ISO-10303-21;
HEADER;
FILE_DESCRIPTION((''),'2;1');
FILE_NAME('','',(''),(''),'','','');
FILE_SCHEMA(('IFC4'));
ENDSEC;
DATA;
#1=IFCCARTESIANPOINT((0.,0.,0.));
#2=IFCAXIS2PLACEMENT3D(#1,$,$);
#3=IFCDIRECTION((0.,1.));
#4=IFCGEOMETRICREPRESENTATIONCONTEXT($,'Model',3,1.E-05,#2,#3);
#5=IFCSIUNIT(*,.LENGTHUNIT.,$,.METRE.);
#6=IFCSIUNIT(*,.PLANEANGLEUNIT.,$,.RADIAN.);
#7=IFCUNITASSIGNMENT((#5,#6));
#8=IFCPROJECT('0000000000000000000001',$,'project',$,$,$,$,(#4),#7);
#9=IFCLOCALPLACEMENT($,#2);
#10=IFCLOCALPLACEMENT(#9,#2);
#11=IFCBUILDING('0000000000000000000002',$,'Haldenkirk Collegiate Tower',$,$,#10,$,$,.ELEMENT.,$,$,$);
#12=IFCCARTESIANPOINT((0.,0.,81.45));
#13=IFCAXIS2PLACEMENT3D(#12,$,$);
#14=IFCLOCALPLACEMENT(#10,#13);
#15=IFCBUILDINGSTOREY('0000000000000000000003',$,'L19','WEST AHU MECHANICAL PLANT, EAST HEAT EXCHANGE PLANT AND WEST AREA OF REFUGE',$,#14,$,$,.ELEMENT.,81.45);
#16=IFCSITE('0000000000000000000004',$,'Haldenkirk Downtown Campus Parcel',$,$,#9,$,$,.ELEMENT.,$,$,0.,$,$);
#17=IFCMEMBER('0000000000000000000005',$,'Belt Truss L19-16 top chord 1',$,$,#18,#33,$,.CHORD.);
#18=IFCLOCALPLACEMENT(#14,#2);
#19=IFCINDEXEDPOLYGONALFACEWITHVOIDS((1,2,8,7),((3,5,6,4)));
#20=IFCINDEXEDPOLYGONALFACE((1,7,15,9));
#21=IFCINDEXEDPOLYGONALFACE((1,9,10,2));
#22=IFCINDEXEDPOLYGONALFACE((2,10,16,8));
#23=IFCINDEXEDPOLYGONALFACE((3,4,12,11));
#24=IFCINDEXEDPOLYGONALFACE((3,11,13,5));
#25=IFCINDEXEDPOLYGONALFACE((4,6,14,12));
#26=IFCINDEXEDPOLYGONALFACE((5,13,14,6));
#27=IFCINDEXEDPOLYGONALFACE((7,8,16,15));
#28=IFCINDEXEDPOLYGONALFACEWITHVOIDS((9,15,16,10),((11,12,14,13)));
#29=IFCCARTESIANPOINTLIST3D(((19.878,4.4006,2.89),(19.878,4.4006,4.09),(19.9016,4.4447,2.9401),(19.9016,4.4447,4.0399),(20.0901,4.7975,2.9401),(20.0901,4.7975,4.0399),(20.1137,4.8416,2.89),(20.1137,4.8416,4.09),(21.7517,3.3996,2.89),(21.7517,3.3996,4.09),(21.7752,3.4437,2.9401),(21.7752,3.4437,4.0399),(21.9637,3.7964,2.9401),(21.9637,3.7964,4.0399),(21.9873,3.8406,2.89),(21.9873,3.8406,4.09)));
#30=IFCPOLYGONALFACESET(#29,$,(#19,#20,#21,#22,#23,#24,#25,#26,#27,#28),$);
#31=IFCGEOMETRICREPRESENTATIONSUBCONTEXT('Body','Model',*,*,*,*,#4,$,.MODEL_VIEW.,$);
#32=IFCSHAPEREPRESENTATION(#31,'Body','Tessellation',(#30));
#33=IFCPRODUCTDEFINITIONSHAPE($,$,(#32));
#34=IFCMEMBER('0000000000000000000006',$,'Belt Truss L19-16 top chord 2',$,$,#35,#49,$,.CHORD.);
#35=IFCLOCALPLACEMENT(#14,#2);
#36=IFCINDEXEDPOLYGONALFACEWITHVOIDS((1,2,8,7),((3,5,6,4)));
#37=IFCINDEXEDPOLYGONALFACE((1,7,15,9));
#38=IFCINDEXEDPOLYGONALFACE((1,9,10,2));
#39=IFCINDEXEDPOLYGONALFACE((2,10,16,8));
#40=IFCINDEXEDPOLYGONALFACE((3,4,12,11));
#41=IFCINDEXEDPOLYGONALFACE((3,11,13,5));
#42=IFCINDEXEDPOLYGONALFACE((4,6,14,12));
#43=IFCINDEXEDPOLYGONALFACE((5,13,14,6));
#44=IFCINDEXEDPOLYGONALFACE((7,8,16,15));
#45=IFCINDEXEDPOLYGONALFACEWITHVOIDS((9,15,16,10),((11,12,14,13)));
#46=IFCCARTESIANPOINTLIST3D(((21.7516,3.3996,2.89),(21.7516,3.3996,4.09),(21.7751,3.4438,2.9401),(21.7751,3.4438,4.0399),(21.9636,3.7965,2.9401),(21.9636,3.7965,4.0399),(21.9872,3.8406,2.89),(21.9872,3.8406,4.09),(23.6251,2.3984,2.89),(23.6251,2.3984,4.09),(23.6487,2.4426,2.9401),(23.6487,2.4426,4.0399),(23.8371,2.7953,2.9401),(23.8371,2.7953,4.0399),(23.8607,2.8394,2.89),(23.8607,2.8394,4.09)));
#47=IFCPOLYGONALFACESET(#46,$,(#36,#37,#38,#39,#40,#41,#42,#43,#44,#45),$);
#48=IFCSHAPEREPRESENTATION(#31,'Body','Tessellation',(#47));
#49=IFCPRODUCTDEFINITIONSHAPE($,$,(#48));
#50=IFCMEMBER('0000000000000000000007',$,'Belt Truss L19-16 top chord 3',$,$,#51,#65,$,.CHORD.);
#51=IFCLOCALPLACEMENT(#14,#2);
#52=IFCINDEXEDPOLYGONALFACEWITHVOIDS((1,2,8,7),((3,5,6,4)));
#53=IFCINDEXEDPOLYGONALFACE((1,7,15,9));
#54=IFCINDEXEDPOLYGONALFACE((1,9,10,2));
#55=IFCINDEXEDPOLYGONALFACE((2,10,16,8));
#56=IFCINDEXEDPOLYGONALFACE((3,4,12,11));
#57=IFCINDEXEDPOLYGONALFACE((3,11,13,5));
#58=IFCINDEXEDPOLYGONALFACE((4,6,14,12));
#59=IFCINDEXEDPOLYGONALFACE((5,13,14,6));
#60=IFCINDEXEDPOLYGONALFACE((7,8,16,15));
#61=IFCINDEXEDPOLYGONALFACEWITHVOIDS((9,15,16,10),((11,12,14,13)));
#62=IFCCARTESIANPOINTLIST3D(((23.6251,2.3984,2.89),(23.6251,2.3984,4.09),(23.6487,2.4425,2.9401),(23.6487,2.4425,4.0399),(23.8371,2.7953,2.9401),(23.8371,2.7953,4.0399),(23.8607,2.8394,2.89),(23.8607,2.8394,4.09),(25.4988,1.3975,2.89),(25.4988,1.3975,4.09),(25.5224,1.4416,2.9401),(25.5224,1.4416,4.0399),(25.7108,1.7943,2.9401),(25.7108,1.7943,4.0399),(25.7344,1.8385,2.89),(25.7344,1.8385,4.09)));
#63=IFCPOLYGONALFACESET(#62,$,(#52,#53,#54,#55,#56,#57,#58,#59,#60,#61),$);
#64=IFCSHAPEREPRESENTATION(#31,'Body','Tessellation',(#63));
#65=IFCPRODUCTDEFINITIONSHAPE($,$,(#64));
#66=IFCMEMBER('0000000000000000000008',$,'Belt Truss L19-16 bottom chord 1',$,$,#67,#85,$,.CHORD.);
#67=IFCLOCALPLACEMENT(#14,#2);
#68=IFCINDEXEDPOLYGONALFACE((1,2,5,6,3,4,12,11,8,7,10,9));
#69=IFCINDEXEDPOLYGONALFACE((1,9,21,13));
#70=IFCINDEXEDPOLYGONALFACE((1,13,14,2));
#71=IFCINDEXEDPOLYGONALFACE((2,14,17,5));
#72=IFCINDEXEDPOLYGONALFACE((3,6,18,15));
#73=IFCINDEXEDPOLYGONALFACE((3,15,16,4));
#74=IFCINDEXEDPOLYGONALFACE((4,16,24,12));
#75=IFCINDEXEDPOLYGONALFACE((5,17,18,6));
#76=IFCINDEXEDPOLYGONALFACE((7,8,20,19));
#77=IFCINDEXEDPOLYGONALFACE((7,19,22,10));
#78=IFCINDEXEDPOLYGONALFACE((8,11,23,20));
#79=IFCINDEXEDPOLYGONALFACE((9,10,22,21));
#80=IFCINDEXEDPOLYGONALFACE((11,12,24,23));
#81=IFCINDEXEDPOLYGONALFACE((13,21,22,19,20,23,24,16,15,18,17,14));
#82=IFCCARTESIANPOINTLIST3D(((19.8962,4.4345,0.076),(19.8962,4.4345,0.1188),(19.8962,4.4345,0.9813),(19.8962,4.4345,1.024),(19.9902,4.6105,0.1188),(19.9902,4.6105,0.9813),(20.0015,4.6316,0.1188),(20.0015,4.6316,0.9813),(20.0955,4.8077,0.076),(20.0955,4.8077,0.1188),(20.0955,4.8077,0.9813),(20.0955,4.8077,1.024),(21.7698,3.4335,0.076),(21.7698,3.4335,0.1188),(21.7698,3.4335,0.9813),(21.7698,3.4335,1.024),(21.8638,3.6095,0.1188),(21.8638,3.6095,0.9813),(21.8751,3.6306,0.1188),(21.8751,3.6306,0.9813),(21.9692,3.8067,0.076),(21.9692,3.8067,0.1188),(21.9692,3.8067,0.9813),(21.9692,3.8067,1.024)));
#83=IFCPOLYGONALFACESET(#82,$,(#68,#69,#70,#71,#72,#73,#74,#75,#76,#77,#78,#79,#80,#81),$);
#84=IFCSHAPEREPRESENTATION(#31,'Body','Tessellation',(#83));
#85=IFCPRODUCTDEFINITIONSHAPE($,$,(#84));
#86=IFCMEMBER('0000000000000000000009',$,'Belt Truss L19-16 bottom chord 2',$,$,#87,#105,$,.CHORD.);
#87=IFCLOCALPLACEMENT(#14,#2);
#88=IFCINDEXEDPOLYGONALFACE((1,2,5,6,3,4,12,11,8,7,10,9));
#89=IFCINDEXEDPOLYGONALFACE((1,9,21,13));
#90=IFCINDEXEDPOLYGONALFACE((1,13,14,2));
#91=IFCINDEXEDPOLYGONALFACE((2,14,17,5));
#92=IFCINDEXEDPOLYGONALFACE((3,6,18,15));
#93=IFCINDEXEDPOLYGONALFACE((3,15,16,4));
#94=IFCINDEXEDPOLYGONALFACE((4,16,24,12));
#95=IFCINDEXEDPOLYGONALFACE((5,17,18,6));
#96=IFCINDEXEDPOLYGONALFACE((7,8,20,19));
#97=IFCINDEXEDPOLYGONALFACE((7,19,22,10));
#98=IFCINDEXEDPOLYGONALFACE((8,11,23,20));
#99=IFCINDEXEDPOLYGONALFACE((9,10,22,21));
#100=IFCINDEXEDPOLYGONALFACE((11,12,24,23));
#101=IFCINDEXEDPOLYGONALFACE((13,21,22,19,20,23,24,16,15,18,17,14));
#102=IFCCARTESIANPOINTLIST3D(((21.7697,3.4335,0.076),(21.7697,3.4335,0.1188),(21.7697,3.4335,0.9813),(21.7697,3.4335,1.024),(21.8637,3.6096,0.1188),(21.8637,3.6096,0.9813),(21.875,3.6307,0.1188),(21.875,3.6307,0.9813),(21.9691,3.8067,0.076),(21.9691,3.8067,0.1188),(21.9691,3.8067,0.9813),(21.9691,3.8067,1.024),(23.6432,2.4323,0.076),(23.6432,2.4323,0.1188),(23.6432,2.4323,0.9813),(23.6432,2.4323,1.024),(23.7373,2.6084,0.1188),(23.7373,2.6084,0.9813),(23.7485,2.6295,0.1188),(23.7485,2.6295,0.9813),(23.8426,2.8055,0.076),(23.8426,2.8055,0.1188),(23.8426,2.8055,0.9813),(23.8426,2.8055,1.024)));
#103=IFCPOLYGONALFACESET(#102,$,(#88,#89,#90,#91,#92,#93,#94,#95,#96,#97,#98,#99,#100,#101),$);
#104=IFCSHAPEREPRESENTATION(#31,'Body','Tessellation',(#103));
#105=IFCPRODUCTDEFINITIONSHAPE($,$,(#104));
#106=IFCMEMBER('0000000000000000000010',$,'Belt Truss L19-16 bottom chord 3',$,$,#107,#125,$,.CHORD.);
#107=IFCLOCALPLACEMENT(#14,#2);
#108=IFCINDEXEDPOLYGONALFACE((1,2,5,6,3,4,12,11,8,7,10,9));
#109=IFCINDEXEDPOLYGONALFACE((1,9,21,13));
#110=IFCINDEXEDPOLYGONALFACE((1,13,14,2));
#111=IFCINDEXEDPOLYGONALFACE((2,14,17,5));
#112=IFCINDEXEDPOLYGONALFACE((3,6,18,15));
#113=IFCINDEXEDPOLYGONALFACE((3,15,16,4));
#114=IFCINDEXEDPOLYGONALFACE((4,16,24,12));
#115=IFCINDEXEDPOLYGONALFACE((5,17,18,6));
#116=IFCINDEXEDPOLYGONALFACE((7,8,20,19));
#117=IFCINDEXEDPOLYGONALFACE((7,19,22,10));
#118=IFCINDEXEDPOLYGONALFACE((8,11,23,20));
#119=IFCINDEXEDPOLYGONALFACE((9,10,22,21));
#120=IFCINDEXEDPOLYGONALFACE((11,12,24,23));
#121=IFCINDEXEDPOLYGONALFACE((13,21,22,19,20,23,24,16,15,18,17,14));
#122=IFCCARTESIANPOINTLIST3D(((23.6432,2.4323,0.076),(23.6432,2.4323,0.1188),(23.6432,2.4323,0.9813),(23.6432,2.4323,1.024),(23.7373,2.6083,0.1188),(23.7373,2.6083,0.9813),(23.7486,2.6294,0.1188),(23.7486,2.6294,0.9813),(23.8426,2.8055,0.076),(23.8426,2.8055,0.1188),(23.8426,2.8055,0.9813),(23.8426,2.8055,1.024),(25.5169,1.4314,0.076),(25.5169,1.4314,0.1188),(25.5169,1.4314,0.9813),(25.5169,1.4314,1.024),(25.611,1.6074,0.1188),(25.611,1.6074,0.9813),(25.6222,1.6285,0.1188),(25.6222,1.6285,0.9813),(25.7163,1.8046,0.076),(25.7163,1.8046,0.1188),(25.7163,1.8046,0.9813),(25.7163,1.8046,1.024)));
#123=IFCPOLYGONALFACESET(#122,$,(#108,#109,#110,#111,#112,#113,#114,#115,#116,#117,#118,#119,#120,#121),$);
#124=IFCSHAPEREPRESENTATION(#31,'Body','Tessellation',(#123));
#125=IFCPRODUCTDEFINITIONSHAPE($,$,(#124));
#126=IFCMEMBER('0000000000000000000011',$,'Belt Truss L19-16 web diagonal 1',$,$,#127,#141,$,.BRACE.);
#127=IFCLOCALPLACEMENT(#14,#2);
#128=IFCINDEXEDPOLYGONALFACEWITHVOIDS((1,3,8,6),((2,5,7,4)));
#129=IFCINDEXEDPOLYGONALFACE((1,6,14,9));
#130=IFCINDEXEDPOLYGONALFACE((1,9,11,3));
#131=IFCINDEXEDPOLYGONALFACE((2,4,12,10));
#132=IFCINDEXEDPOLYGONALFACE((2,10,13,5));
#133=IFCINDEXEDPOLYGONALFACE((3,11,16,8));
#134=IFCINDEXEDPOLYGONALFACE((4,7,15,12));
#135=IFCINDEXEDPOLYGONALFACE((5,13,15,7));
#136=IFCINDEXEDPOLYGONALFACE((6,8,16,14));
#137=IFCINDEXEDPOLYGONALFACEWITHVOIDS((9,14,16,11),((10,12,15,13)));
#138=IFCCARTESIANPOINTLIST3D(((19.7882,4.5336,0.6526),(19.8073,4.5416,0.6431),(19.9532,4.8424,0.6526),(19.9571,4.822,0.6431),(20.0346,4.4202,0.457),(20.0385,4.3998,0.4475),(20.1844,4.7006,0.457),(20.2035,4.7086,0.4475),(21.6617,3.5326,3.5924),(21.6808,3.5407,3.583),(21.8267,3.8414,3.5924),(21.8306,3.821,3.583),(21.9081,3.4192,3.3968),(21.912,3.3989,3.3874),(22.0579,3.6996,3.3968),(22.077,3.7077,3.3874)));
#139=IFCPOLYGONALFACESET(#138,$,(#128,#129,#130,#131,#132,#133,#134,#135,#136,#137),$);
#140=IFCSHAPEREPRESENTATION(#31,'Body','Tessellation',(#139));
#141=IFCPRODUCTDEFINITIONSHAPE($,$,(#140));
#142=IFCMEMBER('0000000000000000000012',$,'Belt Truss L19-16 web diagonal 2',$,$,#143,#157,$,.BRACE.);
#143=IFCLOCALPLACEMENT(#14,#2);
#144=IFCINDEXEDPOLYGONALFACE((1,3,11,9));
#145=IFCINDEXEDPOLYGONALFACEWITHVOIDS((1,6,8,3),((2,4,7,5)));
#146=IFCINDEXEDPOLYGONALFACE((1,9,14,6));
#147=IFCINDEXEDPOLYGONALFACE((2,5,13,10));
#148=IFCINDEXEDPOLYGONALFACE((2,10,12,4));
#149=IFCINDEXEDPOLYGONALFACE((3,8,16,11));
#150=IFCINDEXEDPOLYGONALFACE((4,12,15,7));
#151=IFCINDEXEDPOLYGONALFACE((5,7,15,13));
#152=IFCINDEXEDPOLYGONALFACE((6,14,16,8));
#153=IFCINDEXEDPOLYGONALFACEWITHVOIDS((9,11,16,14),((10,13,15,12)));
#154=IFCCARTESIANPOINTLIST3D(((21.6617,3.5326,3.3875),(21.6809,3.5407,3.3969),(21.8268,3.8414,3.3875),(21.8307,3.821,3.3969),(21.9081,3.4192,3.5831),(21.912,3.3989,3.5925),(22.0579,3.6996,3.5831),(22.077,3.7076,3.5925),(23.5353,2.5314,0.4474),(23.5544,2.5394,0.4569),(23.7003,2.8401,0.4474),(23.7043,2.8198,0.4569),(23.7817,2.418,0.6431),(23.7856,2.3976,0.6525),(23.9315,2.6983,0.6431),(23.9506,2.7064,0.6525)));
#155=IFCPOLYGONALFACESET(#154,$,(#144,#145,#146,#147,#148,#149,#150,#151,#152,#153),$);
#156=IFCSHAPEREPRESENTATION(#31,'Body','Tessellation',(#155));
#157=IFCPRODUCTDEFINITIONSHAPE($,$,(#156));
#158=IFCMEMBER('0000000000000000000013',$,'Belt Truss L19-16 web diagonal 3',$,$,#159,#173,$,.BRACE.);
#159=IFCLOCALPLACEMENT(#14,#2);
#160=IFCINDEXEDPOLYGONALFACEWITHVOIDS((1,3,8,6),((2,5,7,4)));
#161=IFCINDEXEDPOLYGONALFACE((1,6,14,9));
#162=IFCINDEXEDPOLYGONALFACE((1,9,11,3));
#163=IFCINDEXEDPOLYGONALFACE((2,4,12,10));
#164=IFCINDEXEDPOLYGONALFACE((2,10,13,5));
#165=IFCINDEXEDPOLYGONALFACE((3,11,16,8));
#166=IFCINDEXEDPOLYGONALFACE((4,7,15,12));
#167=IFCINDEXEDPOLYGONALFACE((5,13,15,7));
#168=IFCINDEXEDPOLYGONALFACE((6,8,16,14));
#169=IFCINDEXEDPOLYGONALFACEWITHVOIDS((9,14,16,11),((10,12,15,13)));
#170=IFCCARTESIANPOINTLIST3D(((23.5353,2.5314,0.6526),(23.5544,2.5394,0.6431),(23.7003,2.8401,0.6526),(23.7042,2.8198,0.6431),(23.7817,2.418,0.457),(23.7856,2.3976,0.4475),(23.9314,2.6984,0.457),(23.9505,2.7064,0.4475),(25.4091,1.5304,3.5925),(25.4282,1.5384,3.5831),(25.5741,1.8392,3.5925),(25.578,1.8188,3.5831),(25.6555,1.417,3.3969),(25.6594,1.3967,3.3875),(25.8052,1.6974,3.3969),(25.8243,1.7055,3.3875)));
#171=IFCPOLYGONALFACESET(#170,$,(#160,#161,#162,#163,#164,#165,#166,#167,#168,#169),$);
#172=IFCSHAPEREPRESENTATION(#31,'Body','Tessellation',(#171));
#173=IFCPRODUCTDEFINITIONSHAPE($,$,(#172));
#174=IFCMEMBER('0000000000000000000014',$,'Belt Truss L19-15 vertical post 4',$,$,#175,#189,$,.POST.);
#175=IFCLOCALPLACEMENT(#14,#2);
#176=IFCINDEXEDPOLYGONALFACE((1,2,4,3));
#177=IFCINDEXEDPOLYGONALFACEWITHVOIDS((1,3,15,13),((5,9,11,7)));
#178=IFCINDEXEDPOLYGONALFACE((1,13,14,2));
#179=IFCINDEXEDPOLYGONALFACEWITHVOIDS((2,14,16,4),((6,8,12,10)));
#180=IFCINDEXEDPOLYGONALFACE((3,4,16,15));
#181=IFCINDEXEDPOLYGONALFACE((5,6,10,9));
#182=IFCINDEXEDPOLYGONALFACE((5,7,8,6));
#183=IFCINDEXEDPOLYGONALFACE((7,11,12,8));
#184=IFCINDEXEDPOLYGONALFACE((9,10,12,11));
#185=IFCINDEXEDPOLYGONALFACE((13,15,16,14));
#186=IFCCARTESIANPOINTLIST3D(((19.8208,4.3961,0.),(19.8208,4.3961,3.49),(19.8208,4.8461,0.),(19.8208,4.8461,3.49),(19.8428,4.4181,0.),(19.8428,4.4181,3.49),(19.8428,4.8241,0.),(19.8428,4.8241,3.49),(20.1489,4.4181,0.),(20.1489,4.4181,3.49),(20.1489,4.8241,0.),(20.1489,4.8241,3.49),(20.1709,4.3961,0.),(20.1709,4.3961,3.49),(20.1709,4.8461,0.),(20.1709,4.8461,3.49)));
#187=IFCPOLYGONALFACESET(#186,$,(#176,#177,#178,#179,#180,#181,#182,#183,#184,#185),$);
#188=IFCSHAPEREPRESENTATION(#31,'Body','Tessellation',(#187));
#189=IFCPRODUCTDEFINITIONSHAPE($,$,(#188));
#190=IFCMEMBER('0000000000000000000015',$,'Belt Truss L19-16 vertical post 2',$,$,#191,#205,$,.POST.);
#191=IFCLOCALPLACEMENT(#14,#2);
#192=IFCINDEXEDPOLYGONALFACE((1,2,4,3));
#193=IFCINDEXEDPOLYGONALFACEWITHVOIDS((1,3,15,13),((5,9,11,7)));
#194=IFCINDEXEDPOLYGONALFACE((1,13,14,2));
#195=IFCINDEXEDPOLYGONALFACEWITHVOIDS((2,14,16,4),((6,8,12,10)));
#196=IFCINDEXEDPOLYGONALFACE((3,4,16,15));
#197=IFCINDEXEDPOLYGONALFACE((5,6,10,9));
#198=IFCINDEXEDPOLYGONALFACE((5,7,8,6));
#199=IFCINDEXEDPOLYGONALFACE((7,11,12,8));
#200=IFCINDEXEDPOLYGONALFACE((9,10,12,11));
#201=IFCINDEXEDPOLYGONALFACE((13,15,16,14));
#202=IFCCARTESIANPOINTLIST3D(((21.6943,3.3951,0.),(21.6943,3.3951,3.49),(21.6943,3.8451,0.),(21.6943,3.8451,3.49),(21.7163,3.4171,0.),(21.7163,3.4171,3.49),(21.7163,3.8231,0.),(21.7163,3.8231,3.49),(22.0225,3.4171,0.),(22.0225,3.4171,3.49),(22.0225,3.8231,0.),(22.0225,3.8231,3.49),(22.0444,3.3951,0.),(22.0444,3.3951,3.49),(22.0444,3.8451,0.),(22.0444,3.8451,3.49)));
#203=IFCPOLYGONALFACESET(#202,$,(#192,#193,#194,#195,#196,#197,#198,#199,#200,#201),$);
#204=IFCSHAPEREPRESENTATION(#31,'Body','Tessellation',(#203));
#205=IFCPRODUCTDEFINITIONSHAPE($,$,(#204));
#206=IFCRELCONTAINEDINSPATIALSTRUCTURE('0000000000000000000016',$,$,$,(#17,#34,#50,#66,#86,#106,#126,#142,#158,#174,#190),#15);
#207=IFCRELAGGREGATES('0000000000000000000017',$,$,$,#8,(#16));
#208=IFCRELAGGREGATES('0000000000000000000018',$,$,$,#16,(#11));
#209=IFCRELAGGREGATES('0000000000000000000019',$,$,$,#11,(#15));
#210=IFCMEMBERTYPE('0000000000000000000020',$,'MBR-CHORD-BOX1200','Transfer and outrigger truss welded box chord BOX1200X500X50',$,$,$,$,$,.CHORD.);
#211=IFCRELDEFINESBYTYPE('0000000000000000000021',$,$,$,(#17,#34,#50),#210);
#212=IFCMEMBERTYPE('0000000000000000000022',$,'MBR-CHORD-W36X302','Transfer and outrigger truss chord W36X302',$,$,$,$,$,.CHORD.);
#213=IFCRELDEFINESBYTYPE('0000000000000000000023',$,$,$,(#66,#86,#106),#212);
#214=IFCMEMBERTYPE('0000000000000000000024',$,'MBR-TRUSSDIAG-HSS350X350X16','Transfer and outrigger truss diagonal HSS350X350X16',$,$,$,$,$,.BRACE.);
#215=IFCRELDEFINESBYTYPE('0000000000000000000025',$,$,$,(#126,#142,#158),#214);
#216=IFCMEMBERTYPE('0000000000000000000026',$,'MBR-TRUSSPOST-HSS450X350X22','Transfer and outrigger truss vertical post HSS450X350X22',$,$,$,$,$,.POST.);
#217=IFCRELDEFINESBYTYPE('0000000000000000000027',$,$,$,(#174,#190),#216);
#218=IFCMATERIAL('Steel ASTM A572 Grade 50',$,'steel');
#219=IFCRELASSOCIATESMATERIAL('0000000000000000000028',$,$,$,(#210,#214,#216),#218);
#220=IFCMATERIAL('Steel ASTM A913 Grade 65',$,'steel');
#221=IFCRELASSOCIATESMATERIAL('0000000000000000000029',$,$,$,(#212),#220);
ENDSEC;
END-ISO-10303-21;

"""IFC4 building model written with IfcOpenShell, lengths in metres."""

from ifc_helpers import new_model, si_unit, direction, frame, origin, origin_2d, place, context, subcontext, project, spatial, hollow_rectangle, i_section, extrude, material, material_profile, profile_set, type_object, element, save


model = new_model("IFC4")

# Units and contexts
model_context = context("Model", 3, precision=1e-05, world=origin(), true_north=direction((0.0, 1.0)))
body_context = subcontext(model_context, "Body", "Model", "MODEL_VIEW")
ifc_project = project(units=[si_unit("LENGTHUNIT", "METRE"), si_unit("PLANEANGLEUNIT", "RADIAN")], contexts=[model_context])

# Site, building, storey
site_placement = place(None, origin())
site = spatial("IfcSite", under=ifc_project, at=site_placement, Name="Haldenkirk Downtown Campus Parcel", CompositionType="ELEMENT", RefElevation=0.0)
building_placement = place(site_placement, origin())
building = spatial("IfcBuilding", under=site, at=building_placement, Name="Haldenkirk Collegiate Tower", CompositionType="ELEMENT")
storey_placement = place(building_placement, frame((0.0, 0.0, 81.45)))
storey = spatial("IfcBuildingStorey", under=building, at=storey_placement, Name="L19", Description="WEST AHU MECHANICAL PLANT, EAST HEAT EXCHANGE PLANT AND WEST AREA OF REFUGE", CompositionType="ELEMENT", Elevation=81.45)

# Members
ifc_material_1 = material(Name="Steel ASTM A572 Grade 50", Category="steel")
ifc_material_profile_1 = material_profile(ifc_material_1, hollow_rectangle(XDim=0.5, YDim=1.2, WallThickness=0.05, at=origin_2d()), Name="BOX1200X500X50")
ifc_profile_set_1 = profile_set([ifc_material_profile_1], Name="Steel ASTM A572 Grade 50")
member_type_1 = type_object("IfcMemberType", Name="MBR-CHORD-BOX1200", Description="Transfer and outrigger truss welded box chord BOX1200X500X50", PredefinedType="CHORD", material=ifc_profile_set_1)
for number, where, z_axis, x_axis, name in (
    (1, (19.9958, 4.6211, 3.49), (0.882009, -0.471232, 0.0), (0.471232, 0.882009, 0.0), "Belt Truss L19-16 top chord 1"),
    (2, (21.8694, 3.6201, 3.49), (0.881961, -0.471322, 0.0), (0.471322, 0.881961, 0.0), "Belt Truss L19-16 top chord 2"),
    (3, (23.7429, 2.6189, 3.49), (0.882035, -0.471185, 0.0), (0.471185, 0.882035, 0.0), "Belt Truss L19-16 top chord 3"),
):
    element("IfcMember", number, at=place(storey_placement, frame(where, z_axis=z_axis, x_axis=x_axis)), inside=storey, type_object=member_type_1, Name=name, PredefinedType="CHORD", context=body_context, shape_type="SweptSolid", body=[
        extrude(hollow_rectangle(XDim=0.5, YDim=1.2, WallThickness=0.05, at=origin_2d()), origin(), (0.0, 0.0, 1.0), 2.1243),
    ])
ifc_material_2 = material(Name="Steel ASTM A913 Grade 65", Category="steel")
ifc_material_profile_2 = material_profile(ifc_material_2, i_section(OverallWidth=0.4231, OverallDepth=0.948, WebThickness=0.0239, FlangeThickness=0.0427, at=origin_2d()), Name="W36X302")
ifc_profile_set_2 = profile_set([ifc_material_profile_2], Name="Steel ASTM A913 Grade 65")
member_type_2 = type_object("IfcMemberType", Name="MBR-CHORD-W36X302", Description="Transfer and outrigger truss chord W36X302", PredefinedType="CHORD", material=ifc_profile_set_2)
for number, where, z_axis, x_axis, name in (
    (4, (19.9958, 4.6211, 0.55), (0.882009, -0.471232, 0.0), (0.471232, 0.882009, 0.0), "Belt Truss L19-16 bottom chord 1"),
    (5, (21.8694, 3.6201, 0.55), (0.881961, -0.471322, 0.0), (0.471322, 0.881961, 0.0), "Belt Truss L19-16 bottom chord 2"),
    (6, (23.7429, 2.6189, 0.55), (0.882035, -0.471185, 0.0), (0.471185, 0.882035, 0.0), "Belt Truss L19-16 bottom chord 3"),
):
    element("IfcMember", number, at=place(storey_placement, frame(where, z_axis=z_axis, x_axis=x_axis)), inside=storey, type_object=member_type_2, Name=name, PredefinedType="CHORD", context=body_context, shape_type="SweptSolid", body=[
        extrude(i_section(OverallWidth=0.4231, OverallDepth=0.948, WebThickness=0.0239, FlangeThickness=0.0427, at=origin_2d()), origin(), (0.0, 0.0, 1.0), 2.1243),
    ])
ifc_material_profile_3 = material_profile(ifc_material_1, hollow_rectangle(XDim=0.3501, YDim=0.3501, WallThickness=0.0161, at=origin_2d()), Name="HSS350X350X16")
ifc_profile_set_3 = profile_set([ifc_material_profile_3], Name="Steel ASTM A572 Grade 50")
member_type_3 = type_object("IfcMemberType", Name="MBR-TRUSSDIAG-HSS350X350X16", Description="Transfer and outrigger truss diagonal HSS350X350X16", PredefinedType="BRACE", material=ifc_profile_set_3)
member_placement = place(storey_placement, frame((19.9958, 4.6211, 0.55), z_axis=(0.516548, -0.275977, 0.810564), x_axis=(0.471232, 0.882009, 0.0)))
element("IfcMember", 7, at=member_placement, inside=storey, type_object=member_type_3, Name="Belt Truss L19-16 web diagonal 1", PredefinedType="BRACE", context=body_context, shape_type="SweptSolid", body=[
    extrude(hollow_rectangle(XDim=0.3501, YDim=0.3501, WallThickness=0.0161, at=origin_2d()), origin(), (0.0, 0.0, 1.0), 3.627),
])
for number, where, z_axis, x_axis, name in (
    (8, (21.8694, 3.6201, 3.49), (0.516538, -0.276039, -0.810549), (0.471322, 0.881961, 0.0), "Belt Truss L19-16 web diagonal 2"),
    (9, (23.7429, 2.6189, 0.55), (0.516597, -0.275967, 0.810536), (0.471185, 0.882035, 0.0), "Belt Truss L19-16 web diagonal 3"),
):
    element("IfcMember", number, at=place(storey_placement, frame(where, z_axis=z_axis, x_axis=x_axis)), inside=storey, type_object=member_type_3, Name=name, PredefinedType="BRACE", context=body_context, shape_type="SweptSolid", body=[
        extrude(hollow_rectangle(XDim=0.3501, YDim=0.3501, WallThickness=0.0161, at=origin_2d()), origin(), (0.0, 0.0, 1.0), 3.6272),
    ])
ifc_material_profile_4 = material_profile(ifc_material_1, hollow_rectangle(XDim=0.3501, YDim=0.45, WallThickness=0.022, at=origin_2d()), Name="HSS450X350X22")
ifc_profile_set_4 = profile_set([ifc_material_profile_4], Name="Steel ASTM A572 Grade 50")
member_type_4 = type_object("IfcMemberType", Name="MBR-TRUSSPOST-HSS450X350X22", Description="Transfer and outrigger truss vertical post HSS450X350X22", PredefinedType="POST", material=ifc_profile_set_4)
for number, where, z_axis, x_axis, name in (
    (10, (19.9958, 4.6211, 0.0), (0.0, 0.0, 1.0), (1.0, 0.0, 0.0), "Belt Truss L19-15 vertical post 4"),
    (11, (21.8694, 3.6201, 0.0), (0.0, 0.0, 1.0), (1.0, 0.0, 0.0), "Belt Truss L19-16 vertical post 2"),
):
    element("IfcMember", number, at=place(storey_placement, frame(where, z_axis=z_axis, x_axis=x_axis)), inside=storey, type_object=member_type_4, Name=name, PredefinedType="POST", context=body_context, shape_type="SweptSolid", body=[
        extrude(hollow_rectangle(XDim=0.3501, YDim=0.45, WallThickness=0.022, at=origin_2d()), origin(), (0.0, 0.0, 1.0), 3.49),
    ])

save(model, "model.ifc")
